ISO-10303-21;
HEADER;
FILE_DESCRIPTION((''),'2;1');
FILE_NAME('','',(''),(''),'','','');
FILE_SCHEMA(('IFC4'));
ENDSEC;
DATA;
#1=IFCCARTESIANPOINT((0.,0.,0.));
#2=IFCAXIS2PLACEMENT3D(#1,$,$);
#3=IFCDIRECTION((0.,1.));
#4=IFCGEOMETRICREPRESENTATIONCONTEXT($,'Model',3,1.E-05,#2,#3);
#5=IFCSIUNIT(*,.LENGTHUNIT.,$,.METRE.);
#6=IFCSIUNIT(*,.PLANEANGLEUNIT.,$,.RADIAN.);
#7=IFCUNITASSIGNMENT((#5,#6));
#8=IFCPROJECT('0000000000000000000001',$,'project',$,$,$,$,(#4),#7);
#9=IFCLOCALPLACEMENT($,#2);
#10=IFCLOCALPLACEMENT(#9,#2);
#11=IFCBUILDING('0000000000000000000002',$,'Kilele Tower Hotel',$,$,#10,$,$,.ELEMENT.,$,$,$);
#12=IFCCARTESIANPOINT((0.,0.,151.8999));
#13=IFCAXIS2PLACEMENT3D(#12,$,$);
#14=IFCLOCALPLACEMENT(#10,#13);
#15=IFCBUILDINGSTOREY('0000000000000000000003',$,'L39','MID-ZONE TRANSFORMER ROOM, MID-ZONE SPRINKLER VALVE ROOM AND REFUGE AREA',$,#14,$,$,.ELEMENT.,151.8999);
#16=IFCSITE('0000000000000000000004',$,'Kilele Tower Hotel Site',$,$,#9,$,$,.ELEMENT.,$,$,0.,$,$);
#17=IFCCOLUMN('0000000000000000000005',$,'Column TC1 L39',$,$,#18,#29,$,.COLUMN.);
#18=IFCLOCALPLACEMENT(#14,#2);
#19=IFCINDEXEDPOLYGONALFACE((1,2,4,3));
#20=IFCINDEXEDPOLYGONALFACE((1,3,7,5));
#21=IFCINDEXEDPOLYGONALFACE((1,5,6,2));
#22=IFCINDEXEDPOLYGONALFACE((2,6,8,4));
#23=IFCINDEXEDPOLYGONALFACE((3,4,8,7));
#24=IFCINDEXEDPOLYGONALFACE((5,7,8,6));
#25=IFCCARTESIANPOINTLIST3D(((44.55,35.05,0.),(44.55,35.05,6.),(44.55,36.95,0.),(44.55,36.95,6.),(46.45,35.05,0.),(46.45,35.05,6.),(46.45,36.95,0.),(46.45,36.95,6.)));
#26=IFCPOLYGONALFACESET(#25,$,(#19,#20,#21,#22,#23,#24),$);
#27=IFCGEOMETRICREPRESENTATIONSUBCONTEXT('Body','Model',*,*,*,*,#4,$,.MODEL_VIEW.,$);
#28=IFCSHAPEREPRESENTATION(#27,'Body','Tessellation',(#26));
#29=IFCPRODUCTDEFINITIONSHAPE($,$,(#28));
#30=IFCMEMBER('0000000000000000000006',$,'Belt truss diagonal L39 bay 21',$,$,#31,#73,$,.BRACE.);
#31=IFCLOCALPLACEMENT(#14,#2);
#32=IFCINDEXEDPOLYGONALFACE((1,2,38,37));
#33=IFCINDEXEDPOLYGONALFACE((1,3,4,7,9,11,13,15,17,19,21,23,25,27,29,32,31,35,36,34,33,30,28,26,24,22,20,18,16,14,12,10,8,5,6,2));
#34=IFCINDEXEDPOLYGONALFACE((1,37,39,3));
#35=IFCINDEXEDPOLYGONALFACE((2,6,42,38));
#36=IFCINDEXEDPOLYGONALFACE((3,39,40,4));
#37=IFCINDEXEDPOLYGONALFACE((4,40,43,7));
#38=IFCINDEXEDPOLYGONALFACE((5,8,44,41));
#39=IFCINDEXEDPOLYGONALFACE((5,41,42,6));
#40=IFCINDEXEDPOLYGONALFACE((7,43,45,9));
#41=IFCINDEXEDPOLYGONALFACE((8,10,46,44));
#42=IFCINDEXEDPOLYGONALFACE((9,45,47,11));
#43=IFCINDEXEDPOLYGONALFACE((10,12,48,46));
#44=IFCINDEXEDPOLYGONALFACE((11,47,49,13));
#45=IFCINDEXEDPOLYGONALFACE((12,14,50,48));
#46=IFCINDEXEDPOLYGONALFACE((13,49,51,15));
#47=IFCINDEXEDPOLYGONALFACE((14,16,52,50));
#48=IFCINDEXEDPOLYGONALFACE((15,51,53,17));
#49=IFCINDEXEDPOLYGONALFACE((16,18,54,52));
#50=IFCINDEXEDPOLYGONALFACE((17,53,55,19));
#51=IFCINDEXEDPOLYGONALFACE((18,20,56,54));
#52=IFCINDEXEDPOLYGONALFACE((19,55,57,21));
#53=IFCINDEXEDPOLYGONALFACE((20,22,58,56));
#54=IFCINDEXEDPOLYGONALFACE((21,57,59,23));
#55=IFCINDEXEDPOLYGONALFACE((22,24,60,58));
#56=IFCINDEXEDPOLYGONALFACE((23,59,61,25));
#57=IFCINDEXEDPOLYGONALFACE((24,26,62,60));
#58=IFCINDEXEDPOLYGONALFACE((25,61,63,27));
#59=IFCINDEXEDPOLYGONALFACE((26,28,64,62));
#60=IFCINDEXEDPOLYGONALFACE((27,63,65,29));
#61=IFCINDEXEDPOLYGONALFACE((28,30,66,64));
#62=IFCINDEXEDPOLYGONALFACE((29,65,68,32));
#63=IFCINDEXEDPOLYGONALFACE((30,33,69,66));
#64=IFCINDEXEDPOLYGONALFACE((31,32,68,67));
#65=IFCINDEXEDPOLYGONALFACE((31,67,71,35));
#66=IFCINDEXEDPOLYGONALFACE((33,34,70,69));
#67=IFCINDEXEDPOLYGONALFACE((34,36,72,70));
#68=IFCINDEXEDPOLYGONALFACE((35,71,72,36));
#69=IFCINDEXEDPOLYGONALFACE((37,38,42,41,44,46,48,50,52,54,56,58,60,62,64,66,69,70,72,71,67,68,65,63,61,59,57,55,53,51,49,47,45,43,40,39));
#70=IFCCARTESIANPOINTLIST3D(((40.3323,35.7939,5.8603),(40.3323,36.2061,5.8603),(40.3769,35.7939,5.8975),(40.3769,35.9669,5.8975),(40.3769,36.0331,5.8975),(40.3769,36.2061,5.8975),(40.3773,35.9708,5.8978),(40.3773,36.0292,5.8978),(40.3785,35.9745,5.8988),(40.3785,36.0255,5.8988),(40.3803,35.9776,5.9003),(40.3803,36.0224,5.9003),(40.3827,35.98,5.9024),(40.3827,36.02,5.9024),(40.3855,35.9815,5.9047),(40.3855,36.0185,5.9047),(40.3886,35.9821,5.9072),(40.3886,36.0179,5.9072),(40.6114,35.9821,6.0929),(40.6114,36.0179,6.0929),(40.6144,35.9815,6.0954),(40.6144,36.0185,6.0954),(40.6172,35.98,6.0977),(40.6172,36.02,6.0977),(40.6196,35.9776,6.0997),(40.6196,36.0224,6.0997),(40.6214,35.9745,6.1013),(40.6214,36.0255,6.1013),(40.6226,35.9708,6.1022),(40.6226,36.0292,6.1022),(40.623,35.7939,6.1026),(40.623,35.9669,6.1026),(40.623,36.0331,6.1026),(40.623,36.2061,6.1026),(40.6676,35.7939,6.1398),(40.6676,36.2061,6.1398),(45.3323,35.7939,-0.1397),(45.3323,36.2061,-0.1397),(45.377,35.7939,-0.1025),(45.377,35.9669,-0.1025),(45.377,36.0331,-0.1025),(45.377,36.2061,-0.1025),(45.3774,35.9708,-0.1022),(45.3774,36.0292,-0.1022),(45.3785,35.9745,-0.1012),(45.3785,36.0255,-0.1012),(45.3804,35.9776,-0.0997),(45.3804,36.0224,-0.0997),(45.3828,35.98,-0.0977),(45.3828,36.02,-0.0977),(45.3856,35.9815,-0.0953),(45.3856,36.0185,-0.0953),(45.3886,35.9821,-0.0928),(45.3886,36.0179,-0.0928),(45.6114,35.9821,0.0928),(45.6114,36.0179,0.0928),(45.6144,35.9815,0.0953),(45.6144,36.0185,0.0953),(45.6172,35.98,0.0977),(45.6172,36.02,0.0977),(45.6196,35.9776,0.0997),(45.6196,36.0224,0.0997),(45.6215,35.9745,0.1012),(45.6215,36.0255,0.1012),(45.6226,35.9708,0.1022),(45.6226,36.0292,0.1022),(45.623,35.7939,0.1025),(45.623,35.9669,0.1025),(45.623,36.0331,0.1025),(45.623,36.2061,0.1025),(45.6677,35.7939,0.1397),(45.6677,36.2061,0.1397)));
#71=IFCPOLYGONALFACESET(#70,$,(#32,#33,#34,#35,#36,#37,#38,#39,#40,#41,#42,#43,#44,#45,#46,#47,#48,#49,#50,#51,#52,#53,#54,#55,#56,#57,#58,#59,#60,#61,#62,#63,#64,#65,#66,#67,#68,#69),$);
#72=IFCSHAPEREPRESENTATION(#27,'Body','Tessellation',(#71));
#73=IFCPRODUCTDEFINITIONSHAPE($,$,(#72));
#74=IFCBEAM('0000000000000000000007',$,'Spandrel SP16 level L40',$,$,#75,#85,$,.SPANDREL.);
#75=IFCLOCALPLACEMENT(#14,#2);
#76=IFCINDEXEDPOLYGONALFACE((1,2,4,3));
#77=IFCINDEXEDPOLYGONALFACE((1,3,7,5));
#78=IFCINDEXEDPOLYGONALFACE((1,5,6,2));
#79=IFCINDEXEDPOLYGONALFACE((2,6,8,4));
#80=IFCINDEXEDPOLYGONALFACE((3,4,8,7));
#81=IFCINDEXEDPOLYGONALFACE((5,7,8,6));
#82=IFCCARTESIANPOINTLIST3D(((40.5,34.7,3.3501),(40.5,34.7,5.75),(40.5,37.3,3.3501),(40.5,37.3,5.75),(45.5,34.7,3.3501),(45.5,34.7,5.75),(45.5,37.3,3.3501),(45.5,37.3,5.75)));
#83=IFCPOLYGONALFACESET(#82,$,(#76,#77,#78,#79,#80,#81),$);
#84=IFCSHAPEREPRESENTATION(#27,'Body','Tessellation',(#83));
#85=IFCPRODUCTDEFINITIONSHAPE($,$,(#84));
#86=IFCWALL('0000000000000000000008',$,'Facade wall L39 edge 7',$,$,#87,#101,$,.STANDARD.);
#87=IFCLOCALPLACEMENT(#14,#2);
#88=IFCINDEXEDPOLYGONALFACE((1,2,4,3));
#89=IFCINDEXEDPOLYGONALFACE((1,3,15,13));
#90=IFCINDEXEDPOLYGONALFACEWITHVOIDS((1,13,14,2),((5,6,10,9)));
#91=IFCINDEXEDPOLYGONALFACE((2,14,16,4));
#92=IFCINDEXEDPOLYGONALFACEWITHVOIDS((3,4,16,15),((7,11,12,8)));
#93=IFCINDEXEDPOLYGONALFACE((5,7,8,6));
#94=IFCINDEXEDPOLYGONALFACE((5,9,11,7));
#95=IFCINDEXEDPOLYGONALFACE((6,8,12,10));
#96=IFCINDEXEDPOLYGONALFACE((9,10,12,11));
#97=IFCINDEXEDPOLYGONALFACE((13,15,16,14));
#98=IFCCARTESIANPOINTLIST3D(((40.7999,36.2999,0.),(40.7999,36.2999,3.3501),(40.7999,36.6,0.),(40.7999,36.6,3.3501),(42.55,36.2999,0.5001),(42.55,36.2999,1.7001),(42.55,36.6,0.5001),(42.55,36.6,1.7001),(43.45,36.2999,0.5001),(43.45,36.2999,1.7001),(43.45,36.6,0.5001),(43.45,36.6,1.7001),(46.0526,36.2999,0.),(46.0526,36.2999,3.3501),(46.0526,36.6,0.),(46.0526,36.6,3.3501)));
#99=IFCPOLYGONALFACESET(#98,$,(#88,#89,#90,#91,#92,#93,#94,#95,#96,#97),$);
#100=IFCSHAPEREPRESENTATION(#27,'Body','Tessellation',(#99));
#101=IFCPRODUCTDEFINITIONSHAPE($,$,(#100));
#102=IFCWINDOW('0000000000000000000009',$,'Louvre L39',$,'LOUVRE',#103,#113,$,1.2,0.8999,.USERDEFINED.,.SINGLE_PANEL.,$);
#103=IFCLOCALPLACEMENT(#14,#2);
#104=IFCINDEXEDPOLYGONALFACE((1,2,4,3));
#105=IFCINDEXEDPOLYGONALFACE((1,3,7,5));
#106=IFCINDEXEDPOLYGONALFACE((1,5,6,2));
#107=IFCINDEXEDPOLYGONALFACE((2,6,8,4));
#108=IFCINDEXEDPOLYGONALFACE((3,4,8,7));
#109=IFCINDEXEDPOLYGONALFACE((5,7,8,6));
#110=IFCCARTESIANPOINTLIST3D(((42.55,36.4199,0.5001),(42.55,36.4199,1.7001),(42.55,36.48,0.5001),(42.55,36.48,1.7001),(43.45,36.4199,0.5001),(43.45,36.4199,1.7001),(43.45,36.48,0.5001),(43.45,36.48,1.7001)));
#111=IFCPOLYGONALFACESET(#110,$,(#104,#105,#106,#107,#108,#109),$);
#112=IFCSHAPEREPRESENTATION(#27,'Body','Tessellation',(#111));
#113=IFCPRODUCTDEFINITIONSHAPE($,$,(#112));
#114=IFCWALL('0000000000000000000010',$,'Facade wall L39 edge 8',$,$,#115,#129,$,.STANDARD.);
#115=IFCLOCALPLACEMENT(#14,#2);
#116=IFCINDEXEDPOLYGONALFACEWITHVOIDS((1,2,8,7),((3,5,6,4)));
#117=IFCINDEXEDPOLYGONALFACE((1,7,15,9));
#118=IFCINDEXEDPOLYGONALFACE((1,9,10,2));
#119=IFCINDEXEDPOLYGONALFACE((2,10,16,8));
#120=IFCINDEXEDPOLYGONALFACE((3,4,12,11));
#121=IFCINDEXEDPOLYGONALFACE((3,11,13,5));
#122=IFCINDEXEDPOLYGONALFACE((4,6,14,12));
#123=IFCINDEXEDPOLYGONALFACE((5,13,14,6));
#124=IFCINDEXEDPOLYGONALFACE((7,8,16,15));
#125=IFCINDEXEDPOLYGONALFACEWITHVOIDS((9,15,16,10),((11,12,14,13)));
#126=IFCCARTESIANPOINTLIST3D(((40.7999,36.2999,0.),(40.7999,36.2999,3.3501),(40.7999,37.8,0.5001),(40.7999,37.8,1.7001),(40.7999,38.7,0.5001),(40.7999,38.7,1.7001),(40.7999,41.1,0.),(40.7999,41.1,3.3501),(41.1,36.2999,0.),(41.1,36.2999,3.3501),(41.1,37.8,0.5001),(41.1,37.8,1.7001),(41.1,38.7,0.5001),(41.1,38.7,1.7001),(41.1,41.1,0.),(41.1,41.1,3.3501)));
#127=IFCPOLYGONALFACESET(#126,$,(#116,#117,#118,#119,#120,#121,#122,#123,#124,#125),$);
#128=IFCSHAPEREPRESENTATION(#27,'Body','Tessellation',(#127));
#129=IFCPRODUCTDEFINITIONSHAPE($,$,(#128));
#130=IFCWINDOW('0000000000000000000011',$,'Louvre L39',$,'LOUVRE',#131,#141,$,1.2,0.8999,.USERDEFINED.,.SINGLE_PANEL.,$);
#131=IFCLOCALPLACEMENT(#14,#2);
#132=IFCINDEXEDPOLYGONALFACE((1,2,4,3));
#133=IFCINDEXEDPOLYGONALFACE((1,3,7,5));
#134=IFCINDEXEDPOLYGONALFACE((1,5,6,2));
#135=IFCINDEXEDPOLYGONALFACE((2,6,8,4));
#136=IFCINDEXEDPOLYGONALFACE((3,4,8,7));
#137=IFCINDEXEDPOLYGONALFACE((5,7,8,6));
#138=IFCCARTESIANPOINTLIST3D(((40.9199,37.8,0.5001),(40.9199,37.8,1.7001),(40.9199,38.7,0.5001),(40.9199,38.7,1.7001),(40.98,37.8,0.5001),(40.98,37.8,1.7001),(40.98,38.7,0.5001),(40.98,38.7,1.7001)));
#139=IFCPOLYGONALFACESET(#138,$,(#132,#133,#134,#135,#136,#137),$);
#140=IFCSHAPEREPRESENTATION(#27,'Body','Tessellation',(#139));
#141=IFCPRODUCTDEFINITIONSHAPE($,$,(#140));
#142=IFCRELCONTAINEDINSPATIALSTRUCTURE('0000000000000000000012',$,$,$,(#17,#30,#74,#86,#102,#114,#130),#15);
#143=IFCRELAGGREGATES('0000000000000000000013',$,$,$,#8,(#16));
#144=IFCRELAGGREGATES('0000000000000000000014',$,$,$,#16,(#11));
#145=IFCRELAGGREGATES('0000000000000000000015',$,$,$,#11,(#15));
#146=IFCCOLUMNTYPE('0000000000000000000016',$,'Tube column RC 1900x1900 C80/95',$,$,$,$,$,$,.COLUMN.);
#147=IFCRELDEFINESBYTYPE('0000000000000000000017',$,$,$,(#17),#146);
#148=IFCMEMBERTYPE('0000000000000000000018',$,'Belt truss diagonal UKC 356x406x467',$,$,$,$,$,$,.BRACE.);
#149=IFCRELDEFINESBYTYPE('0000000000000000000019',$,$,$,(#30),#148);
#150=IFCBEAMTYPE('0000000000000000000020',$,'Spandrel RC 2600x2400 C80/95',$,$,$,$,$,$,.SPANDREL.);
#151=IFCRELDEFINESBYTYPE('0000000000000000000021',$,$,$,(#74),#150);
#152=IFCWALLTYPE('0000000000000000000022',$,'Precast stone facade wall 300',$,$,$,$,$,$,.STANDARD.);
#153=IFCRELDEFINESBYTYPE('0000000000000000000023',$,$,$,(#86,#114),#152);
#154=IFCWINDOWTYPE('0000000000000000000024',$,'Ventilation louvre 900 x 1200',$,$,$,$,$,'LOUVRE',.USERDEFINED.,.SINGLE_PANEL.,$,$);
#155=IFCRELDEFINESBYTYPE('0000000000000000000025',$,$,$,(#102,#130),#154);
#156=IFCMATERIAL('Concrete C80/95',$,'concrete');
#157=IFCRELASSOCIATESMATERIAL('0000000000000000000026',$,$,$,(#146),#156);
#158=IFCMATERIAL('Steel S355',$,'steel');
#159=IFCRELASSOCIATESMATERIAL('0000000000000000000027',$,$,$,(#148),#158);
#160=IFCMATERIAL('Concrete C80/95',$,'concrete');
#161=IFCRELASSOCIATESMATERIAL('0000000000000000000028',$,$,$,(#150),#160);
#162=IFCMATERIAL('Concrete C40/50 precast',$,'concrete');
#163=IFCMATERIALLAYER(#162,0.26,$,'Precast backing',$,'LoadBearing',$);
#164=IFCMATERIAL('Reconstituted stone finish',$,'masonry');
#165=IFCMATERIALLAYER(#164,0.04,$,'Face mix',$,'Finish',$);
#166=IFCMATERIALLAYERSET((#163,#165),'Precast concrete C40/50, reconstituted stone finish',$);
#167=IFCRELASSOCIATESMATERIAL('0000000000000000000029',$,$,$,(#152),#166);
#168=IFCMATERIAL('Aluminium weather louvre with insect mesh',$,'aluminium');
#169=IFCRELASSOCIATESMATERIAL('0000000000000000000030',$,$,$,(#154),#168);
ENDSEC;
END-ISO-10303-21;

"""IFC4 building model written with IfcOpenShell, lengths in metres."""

from ifc_helpers import new_model, si_unit, direction, frame, frame_2d, origin, origin_2d, place, context, subcontext, project, spatial, rectangle, i_section, extrude, material, layer, layer_set, material_profile, profile_set, type_object, element, fill, save


model = new_model("IFC4")

# Units and contexts
model_context = context("Model", 3, precision=1e-05, world=origin(), true_north=direction((0.0, 1.0)))
body_context = subcontext(model_context, "Body", "Model", "MODEL_VIEW")
ifc_project = project(units=[si_unit("LENGTHUNIT", "METRE"), si_unit("PLANEANGLEUNIT", "RADIAN")], contexts=[model_context])

# Site, building, storey
site_placement = place(None, origin())
site = spatial("IfcSite", under=ifc_project, at=site_placement, Name="Kilele Tower Hotel Site", CompositionType="ELEMENT", RefElevation=0.0)
building_placement = place(site_placement, origin())
building = spatial("IfcBuilding", under=site, at=building_placement, Name="Kilele Tower Hotel", CompositionType="ELEMENT")
storey_placement = place(building_placement, frame((0.0, 0.0, 151.8999)))
storey = spatial("IfcBuildingStorey", under=building, at=storey_placement, Name="L39", Description="MID-ZONE TRANSFORMER ROOM, MID-ZONE SPRINKLER VALVE ROOM AND REFUGE AREA", CompositionType="ELEMENT", Elevation=151.8999)

# Column
ifc_material_1 = material(Name="Concrete C80/95", Category="concrete")
ifc_material_profile_1 = material_profile(ifc_material_1, rectangle(XDim=1.8999, YDim=1.8999, at=origin_2d()))
ifc_profile_set_1 = profile_set([ifc_material_profile_1], Name="Concrete C80/95")
column_type = type_object("IfcColumnType", Name="Tube column RC 1900x1900 C80/95", PredefinedType="COLUMN", material=ifc_profile_set_1)
column_placement = place(storey_placement, frame((45.5, 36.0, 0.0), z_axis=(0.0, 0.0, 1.0), x_axis=(1.0, 0.0, 0.0)))
element("IfcColumn", 1, at=column_placement, inside=storey, type_object=column_type, Name="Column TC1 L39", PredefinedType="COLUMN", context=body_context, shape_type="SweptSolid", body=[
    extrude(rectangle(XDim=1.8999, YDim=1.8999, at=origin_2d()), origin(), (0.0, 0.0, 1.0), 6.0),
])

# Member
ifc_material_2 = material(Name="Steel S355", Category="steel")
ifc_material_profile_2 = material_profile(ifc_material_2, i_section(OverallWidth=0.4121, OverallDepth=0.4365, WebThickness=0.0359, FlangeThickness=0.0581, FilletRadius=0.0151, at=origin_2d()))
ifc_profile_set_2 = profile_set([ifc_material_profile_2], Name="Steel S355")
member_type = type_object("IfcMemberType", Name="Belt truss diagonal UKC 356x406x467", PredefinedType="BRACE", material=ifc_profile_set_2)
member_placement = place(storey_placement, frame((45.5, 36.0, 0.0), z_axis=(-0.640184, 0.0, 0.768221), x_axis=(0.0, -1.0, 0.0)))
element("IfcMember", 2, at=member_placement, inside=storey, type_object=member_type, Name="Belt truss diagonal L39 bay 21", PredefinedType="BRACE", context=body_context, shape_type="SweptSolid", body=[
    extrude(i_section(OverallWidth=0.4121, OverallDepth=0.4365, WebThickness=0.0359, FlangeThickness=0.0581, FilletRadius=0.0151, at=origin_2d()), origin(), (0.0, 0.0, 1.0), 7.8103),
])

# Beam
ifc_material_3 = material(Name="Concrete C80/95", Category="concrete")
ifc_material_profile_3 = material_profile(ifc_material_3, rectangle(XDim=2.6001, YDim=2.3999, at=origin_2d()))
ifc_profile_set_3 = profile_set([ifc_material_profile_3], Name="Concrete C80/95")
beam_type = type_object("IfcBeamType", Name="Spandrel RC 2600x2400 C80/95", PredefinedType="SPANDREL", material=ifc_profile_set_3)
beam_placement = place(storey_placement, frame((45.5, 36.0, 4.55), z_axis=(-1.0, 0.0, 0.0), x_axis=(0.0, -1.0, 0.0)))
element("IfcBeam", 3, at=beam_placement, inside=storey, type_object=beam_type, Name="Spandrel SP16 level L40", PredefinedType="SPANDREL", context=body_context, shape_type="SweptSolid", body=[
    extrude(rectangle(XDim=2.6001, YDim=2.3999, at=origin_2d()), origin(), (0.0, 0.0, 1.0), 5.0),
])

# Walls, openings, windows
ifc_material_4 = material(Name="Concrete C40/50 precast", Category="concrete")
ifc_layer_1 = layer(ifc_material_4, 0.26, Name="Precast backing", Category="LoadBearing")
ifc_material_5 = material(Name="Reconstituted stone finish", Category="masonry")
ifc_layer_2 = layer(ifc_material_5, 0.04, Name="Face mix", Category="Finish")
ifc_layer_set_1 = layer_set([ifc_layer_1, ifc_layer_2], Name="Precast concrete C40/50, reconstituted stone finish")
wall_type = type_object("IfcWallType", Name="Precast stone facade wall 300", PredefinedType="STANDARD", material=ifc_layer_set_1)
wall_1_placement = place(storey_placement, frame((46.0527, 36.45, 0.0), z_axis=(0.0, 0.0, 1.0), x_axis=(-1.0, 0.0, 0.0)))
wall_1 = element("IfcWall", 4, at=wall_1_placement, inside=storey, type_object=wall_type, Name="Facade wall L39 edge 7", PredefinedType="STANDARD", context=body_context, shape_type="SweptSolid", body=[
    extrude(rectangle(XDim=5.2527, YDim=0.3, at=frame_2d((2.6265, 0.0))), origin(), (0.0, 0.0, 1.0), 3.3501),
])
opening_1_placement = place(wall_1_placement, frame((2.6028, 0.0, 0.5)))
opening_1 = element("IfcOpeningElement", 5, at=opening_1_placement, cuts=wall_1, PredefinedType="OPENING", context=body_context, shape_type="SweptSolid", body=[
    extrude(rectangle(XDim=0.8999, YDim=1.2, at=frame_2d((0.45, 0.6001))), frame((0.0, 0.1599, 0.0), z_axis=(0.0, -1.0, 0.0), x_axis=(1.0, 0.0, 0.0)), (0.0, 0.0, 1.0), 0.3201),
])
ifc_material_6 = material(Name="Aluminium weather louvre with insect mesh", Category="aluminium")
window_type = type_object("IfcWindowType", Name="Ventilation louvre 900 x 1200", ElementType="LOUVRE", PartitioningType="SINGLE_PANEL", PredefinedType="USERDEFINED", material=ifc_material_6)
window_1_placement = place(opening_1_placement, origin())
window_1 = element("IfcWindow", 6, at=window_1_placement, inside=storey, type_object=window_type, Name="Louvre L39", ObjectType="LOUVRE", OverallHeight=1.2, OverallWidth=0.8999, PartitioningType="SINGLE_PANEL", PredefinedType="USERDEFINED", context=body_context, shape_type="SweptSolid", body=[
    extrude(rectangle(XDim=0.8999, YDim=1.2, at=frame_2d((0.45, 0.6001))), frame((0.0, 0.03, 0.0), z_axis=(0.0, -1.0, 0.0), x_axis=(1.0, 0.0, 0.0)), (0.0, 0.0, 1.0), 0.0601),
])
fill(opening_1, window_1)
wall_2_placement = place(storey_placement, frame((40.95, 36.3, 0.0), z_axis=(0.0, 0.0, 1.0), x_axis=(0.0, 1.0, 0.0)))
wall_2 = element("IfcWall", 7, at=wall_2_placement, inside=storey, type_object=wall_type, Name="Facade wall L39 edge 8", PredefinedType="STANDARD", context=body_context, shape_type="SweptSolid", body=[
    extrude(rectangle(XDim=4.8, YDim=0.3, at=frame_2d((2.3999, 0.0))), origin(), (0.0, 0.0, 1.0), 3.3501),
])
opening_2_placement = place(wall_2_placement, frame((1.5, 0.0, 0.5)))
opening_2 = element("IfcOpeningElement", 8, at=opening_2_placement, cuts=wall_2, PredefinedType="OPENING", context=body_context, shape_type="SweptSolid", body=[
    extrude(rectangle(XDim=0.8999, YDim=1.2, at=frame_2d((0.45, 0.6001))), frame((0.0, 0.1599, 0.0), z_axis=(0.0, -1.0, 0.0), x_axis=(1.0, 0.0, 0.0)), (0.0, 0.0, 1.0), 0.3201),
])
window_2_placement = place(opening_2_placement, origin())
window_2 = element("IfcWindow", 9, at=window_2_placement, inside=storey, type_object=window_type, Name="Louvre L39", ObjectType="LOUVRE", OverallHeight=1.2, OverallWidth=0.8999, PartitioningType="SINGLE_PANEL", PredefinedType="USERDEFINED", context=body_context, shape_type="SweptSolid", body=[
    extrude(rectangle(XDim=0.8999, YDim=1.2, at=frame_2d((0.45, 0.6001))), frame((0.0, 0.03, 0.0), z_axis=(0.0, -1.0, 0.0), x_axis=(1.0, 0.0, 0.0)), (0.0, 0.0, 1.0), 0.0601),
])
fill(opening_2, window_2)

save(model, "model.ifc")
